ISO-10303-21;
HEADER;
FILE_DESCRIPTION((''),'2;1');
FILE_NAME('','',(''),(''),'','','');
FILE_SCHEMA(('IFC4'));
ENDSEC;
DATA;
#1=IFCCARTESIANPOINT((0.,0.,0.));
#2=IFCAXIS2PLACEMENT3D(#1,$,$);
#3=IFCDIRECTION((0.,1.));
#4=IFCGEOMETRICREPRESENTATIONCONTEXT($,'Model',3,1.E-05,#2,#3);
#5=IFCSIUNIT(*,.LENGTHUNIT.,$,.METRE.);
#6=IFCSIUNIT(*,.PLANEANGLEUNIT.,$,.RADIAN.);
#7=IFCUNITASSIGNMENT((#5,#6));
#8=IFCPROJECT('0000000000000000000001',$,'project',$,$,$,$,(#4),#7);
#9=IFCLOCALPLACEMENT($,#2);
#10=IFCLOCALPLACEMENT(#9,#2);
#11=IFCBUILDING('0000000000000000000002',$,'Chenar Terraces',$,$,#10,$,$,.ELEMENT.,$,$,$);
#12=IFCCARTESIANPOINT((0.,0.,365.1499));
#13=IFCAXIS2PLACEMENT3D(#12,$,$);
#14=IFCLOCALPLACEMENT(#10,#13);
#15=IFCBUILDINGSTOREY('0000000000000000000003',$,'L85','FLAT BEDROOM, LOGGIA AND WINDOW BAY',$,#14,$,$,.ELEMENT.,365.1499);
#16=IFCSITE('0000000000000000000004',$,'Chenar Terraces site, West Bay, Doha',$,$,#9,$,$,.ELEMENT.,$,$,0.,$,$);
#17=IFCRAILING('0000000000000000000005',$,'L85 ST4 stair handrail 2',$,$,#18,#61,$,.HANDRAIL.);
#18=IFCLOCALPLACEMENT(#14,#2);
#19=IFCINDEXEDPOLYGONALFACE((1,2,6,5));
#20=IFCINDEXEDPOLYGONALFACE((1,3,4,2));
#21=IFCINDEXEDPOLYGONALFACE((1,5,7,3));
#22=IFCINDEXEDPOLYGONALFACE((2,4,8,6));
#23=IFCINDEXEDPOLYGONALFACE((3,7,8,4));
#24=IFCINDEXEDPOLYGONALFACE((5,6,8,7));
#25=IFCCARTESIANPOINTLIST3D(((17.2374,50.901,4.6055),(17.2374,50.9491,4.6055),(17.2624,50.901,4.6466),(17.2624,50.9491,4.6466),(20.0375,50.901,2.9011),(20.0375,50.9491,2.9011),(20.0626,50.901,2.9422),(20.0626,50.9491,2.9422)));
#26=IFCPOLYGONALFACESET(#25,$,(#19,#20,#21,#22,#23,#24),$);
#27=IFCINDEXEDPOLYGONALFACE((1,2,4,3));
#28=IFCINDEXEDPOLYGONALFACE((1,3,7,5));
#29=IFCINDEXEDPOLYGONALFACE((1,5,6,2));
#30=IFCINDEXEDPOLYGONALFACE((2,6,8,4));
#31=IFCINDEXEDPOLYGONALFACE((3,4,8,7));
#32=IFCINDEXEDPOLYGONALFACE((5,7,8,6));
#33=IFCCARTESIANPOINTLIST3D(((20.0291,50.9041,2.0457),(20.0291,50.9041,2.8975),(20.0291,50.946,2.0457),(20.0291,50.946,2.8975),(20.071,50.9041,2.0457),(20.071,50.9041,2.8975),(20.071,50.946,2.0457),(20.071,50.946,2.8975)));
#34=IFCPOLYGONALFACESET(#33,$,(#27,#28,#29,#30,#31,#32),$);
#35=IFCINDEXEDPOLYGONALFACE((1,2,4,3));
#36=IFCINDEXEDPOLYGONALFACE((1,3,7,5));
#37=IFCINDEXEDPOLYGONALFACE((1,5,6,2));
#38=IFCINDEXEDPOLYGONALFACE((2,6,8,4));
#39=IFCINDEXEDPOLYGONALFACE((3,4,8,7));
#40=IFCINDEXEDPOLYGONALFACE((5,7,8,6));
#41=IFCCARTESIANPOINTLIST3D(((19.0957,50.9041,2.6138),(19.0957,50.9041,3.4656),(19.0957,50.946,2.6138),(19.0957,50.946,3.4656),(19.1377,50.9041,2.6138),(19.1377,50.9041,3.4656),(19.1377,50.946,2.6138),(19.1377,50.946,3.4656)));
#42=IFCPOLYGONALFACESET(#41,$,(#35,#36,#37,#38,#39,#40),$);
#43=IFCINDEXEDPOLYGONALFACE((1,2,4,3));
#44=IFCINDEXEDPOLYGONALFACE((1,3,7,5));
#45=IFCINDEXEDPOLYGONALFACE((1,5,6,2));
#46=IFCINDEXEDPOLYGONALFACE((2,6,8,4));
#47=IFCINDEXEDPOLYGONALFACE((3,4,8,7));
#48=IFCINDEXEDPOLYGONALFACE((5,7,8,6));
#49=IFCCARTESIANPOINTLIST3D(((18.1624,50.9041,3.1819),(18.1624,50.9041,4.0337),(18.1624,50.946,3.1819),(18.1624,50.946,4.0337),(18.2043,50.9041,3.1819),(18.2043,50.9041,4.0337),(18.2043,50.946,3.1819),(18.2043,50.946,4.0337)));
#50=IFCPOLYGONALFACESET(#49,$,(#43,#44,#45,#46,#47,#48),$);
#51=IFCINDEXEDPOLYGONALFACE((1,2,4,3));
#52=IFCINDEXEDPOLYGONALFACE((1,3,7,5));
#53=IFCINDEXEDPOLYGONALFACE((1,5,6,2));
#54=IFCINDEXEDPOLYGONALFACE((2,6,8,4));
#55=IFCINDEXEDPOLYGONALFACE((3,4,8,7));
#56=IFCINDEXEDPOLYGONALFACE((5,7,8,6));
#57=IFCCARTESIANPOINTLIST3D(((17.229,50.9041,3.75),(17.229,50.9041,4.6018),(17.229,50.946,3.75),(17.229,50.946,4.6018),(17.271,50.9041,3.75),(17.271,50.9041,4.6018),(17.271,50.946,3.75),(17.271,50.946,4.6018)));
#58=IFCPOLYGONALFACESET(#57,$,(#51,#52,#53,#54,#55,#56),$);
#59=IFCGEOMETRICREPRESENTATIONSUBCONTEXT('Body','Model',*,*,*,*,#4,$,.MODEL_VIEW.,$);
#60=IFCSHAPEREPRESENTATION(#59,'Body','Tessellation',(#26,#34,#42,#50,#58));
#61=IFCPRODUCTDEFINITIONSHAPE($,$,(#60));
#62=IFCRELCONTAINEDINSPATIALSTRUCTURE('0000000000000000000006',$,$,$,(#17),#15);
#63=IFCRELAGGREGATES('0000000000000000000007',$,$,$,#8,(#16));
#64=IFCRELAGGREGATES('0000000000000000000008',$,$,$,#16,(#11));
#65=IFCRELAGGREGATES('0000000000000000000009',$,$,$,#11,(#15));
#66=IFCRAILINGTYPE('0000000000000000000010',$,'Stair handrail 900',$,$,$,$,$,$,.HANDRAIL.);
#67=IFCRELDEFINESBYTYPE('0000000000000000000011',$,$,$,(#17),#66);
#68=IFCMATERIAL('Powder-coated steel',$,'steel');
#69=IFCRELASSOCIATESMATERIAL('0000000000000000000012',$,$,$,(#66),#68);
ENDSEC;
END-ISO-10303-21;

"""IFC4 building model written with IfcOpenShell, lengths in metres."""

from ifc_helpers import new_model, si_unit, direction, frame, origin, origin_2d, place, context, subcontext, project, spatial, rectangle, extrude, material, type_object, element, save


model = new_model("IFC4")

# Units and contexts
model_context = context("Model", 3, precision=1e-05, world=origin(), true_north=direction((0.0, 1.0)))
body_context = subcontext(model_context, "Body", "Model", "MODEL_VIEW")
ifc_project = project(units=[si_unit("LENGTHUNIT", "METRE"), si_unit("PLANEANGLEUNIT", "RADIAN")], contexts=[model_context])

# Site, building, storey
site_placement = place(None, origin())
site = spatial("IfcSite", under=ifc_project, at=site_placement, Name="Chenar Terraces site, West Bay, Doha", CompositionType="ELEMENT", RefElevation=0.0)
building_placement = place(site_placement, origin())
building = spatial("IfcBuilding", under=site, at=building_placement, Name="Chenar Terraces", CompositionType="ELEMENT")
storey_placement = place(building_placement, frame((0.0, 0.0, 365.1499)))
storey = spatial("IfcBuildingStorey", under=building, at=storey_placement, Name="L85", Description="FLAT BEDROOM, LOGGIA AND WINDOW BAY", CompositionType="ELEMENT", Elevation=365.1499)

# Railing
ifc_material_1 = material(Name="Powder-coated steel", Category="steel")
railing_type_1 = type_object("IfcRailingType", Name="Stair handrail 900", PredefinedType="HANDRAIL", material=ifc_material_1)
railing_1_placement = place(storey_placement, frame((20.05, 50.925, 2.0457)))
element("IfcRailing", 1, at=railing_1_placement, inside=storey, type_object=railing_type_1, Name="L85 ST4 stair handrail 2", PredefinedType="HANDRAIL", context=body_context, shape_type="SweptSolid", body=[
    extrude(rectangle(XDim=0.0481, YDim=0.0481, at=origin_2d()), frame((0.0, 0.0, 0.876), z_axis=(-0.854203, 0.0, 0.51994), x_axis=(0.0, -1.0, 0.0)), (0.0, 0.0, 1.0), 3.2781),
    extrude(rectangle(XDim=0.042, YDim=0.042, at=origin_2d()), origin(), (0.0, 0.0, 1.0), 0.8518),
    extrude(rectangle(XDim=0.042, YDim=0.042, at=origin_2d()), frame((-0.9333, 0.0, 0.5681)), (0.0, 0.0, 1.0), 0.8518),
    extrude(rectangle(XDim=0.042, YDim=0.042, at=origin_2d()), frame((-1.8667, 0.0, 1.1362)), (0.0, 0.0, 1.0), 0.8518),
    extrude(rectangle(XDim=0.042, YDim=0.042, at=origin_2d()), frame((-2.8, 0.0, 1.7043)), (0.0, 0.0, 1.0), 0.8518),
])

save(model, "model.ifc")
